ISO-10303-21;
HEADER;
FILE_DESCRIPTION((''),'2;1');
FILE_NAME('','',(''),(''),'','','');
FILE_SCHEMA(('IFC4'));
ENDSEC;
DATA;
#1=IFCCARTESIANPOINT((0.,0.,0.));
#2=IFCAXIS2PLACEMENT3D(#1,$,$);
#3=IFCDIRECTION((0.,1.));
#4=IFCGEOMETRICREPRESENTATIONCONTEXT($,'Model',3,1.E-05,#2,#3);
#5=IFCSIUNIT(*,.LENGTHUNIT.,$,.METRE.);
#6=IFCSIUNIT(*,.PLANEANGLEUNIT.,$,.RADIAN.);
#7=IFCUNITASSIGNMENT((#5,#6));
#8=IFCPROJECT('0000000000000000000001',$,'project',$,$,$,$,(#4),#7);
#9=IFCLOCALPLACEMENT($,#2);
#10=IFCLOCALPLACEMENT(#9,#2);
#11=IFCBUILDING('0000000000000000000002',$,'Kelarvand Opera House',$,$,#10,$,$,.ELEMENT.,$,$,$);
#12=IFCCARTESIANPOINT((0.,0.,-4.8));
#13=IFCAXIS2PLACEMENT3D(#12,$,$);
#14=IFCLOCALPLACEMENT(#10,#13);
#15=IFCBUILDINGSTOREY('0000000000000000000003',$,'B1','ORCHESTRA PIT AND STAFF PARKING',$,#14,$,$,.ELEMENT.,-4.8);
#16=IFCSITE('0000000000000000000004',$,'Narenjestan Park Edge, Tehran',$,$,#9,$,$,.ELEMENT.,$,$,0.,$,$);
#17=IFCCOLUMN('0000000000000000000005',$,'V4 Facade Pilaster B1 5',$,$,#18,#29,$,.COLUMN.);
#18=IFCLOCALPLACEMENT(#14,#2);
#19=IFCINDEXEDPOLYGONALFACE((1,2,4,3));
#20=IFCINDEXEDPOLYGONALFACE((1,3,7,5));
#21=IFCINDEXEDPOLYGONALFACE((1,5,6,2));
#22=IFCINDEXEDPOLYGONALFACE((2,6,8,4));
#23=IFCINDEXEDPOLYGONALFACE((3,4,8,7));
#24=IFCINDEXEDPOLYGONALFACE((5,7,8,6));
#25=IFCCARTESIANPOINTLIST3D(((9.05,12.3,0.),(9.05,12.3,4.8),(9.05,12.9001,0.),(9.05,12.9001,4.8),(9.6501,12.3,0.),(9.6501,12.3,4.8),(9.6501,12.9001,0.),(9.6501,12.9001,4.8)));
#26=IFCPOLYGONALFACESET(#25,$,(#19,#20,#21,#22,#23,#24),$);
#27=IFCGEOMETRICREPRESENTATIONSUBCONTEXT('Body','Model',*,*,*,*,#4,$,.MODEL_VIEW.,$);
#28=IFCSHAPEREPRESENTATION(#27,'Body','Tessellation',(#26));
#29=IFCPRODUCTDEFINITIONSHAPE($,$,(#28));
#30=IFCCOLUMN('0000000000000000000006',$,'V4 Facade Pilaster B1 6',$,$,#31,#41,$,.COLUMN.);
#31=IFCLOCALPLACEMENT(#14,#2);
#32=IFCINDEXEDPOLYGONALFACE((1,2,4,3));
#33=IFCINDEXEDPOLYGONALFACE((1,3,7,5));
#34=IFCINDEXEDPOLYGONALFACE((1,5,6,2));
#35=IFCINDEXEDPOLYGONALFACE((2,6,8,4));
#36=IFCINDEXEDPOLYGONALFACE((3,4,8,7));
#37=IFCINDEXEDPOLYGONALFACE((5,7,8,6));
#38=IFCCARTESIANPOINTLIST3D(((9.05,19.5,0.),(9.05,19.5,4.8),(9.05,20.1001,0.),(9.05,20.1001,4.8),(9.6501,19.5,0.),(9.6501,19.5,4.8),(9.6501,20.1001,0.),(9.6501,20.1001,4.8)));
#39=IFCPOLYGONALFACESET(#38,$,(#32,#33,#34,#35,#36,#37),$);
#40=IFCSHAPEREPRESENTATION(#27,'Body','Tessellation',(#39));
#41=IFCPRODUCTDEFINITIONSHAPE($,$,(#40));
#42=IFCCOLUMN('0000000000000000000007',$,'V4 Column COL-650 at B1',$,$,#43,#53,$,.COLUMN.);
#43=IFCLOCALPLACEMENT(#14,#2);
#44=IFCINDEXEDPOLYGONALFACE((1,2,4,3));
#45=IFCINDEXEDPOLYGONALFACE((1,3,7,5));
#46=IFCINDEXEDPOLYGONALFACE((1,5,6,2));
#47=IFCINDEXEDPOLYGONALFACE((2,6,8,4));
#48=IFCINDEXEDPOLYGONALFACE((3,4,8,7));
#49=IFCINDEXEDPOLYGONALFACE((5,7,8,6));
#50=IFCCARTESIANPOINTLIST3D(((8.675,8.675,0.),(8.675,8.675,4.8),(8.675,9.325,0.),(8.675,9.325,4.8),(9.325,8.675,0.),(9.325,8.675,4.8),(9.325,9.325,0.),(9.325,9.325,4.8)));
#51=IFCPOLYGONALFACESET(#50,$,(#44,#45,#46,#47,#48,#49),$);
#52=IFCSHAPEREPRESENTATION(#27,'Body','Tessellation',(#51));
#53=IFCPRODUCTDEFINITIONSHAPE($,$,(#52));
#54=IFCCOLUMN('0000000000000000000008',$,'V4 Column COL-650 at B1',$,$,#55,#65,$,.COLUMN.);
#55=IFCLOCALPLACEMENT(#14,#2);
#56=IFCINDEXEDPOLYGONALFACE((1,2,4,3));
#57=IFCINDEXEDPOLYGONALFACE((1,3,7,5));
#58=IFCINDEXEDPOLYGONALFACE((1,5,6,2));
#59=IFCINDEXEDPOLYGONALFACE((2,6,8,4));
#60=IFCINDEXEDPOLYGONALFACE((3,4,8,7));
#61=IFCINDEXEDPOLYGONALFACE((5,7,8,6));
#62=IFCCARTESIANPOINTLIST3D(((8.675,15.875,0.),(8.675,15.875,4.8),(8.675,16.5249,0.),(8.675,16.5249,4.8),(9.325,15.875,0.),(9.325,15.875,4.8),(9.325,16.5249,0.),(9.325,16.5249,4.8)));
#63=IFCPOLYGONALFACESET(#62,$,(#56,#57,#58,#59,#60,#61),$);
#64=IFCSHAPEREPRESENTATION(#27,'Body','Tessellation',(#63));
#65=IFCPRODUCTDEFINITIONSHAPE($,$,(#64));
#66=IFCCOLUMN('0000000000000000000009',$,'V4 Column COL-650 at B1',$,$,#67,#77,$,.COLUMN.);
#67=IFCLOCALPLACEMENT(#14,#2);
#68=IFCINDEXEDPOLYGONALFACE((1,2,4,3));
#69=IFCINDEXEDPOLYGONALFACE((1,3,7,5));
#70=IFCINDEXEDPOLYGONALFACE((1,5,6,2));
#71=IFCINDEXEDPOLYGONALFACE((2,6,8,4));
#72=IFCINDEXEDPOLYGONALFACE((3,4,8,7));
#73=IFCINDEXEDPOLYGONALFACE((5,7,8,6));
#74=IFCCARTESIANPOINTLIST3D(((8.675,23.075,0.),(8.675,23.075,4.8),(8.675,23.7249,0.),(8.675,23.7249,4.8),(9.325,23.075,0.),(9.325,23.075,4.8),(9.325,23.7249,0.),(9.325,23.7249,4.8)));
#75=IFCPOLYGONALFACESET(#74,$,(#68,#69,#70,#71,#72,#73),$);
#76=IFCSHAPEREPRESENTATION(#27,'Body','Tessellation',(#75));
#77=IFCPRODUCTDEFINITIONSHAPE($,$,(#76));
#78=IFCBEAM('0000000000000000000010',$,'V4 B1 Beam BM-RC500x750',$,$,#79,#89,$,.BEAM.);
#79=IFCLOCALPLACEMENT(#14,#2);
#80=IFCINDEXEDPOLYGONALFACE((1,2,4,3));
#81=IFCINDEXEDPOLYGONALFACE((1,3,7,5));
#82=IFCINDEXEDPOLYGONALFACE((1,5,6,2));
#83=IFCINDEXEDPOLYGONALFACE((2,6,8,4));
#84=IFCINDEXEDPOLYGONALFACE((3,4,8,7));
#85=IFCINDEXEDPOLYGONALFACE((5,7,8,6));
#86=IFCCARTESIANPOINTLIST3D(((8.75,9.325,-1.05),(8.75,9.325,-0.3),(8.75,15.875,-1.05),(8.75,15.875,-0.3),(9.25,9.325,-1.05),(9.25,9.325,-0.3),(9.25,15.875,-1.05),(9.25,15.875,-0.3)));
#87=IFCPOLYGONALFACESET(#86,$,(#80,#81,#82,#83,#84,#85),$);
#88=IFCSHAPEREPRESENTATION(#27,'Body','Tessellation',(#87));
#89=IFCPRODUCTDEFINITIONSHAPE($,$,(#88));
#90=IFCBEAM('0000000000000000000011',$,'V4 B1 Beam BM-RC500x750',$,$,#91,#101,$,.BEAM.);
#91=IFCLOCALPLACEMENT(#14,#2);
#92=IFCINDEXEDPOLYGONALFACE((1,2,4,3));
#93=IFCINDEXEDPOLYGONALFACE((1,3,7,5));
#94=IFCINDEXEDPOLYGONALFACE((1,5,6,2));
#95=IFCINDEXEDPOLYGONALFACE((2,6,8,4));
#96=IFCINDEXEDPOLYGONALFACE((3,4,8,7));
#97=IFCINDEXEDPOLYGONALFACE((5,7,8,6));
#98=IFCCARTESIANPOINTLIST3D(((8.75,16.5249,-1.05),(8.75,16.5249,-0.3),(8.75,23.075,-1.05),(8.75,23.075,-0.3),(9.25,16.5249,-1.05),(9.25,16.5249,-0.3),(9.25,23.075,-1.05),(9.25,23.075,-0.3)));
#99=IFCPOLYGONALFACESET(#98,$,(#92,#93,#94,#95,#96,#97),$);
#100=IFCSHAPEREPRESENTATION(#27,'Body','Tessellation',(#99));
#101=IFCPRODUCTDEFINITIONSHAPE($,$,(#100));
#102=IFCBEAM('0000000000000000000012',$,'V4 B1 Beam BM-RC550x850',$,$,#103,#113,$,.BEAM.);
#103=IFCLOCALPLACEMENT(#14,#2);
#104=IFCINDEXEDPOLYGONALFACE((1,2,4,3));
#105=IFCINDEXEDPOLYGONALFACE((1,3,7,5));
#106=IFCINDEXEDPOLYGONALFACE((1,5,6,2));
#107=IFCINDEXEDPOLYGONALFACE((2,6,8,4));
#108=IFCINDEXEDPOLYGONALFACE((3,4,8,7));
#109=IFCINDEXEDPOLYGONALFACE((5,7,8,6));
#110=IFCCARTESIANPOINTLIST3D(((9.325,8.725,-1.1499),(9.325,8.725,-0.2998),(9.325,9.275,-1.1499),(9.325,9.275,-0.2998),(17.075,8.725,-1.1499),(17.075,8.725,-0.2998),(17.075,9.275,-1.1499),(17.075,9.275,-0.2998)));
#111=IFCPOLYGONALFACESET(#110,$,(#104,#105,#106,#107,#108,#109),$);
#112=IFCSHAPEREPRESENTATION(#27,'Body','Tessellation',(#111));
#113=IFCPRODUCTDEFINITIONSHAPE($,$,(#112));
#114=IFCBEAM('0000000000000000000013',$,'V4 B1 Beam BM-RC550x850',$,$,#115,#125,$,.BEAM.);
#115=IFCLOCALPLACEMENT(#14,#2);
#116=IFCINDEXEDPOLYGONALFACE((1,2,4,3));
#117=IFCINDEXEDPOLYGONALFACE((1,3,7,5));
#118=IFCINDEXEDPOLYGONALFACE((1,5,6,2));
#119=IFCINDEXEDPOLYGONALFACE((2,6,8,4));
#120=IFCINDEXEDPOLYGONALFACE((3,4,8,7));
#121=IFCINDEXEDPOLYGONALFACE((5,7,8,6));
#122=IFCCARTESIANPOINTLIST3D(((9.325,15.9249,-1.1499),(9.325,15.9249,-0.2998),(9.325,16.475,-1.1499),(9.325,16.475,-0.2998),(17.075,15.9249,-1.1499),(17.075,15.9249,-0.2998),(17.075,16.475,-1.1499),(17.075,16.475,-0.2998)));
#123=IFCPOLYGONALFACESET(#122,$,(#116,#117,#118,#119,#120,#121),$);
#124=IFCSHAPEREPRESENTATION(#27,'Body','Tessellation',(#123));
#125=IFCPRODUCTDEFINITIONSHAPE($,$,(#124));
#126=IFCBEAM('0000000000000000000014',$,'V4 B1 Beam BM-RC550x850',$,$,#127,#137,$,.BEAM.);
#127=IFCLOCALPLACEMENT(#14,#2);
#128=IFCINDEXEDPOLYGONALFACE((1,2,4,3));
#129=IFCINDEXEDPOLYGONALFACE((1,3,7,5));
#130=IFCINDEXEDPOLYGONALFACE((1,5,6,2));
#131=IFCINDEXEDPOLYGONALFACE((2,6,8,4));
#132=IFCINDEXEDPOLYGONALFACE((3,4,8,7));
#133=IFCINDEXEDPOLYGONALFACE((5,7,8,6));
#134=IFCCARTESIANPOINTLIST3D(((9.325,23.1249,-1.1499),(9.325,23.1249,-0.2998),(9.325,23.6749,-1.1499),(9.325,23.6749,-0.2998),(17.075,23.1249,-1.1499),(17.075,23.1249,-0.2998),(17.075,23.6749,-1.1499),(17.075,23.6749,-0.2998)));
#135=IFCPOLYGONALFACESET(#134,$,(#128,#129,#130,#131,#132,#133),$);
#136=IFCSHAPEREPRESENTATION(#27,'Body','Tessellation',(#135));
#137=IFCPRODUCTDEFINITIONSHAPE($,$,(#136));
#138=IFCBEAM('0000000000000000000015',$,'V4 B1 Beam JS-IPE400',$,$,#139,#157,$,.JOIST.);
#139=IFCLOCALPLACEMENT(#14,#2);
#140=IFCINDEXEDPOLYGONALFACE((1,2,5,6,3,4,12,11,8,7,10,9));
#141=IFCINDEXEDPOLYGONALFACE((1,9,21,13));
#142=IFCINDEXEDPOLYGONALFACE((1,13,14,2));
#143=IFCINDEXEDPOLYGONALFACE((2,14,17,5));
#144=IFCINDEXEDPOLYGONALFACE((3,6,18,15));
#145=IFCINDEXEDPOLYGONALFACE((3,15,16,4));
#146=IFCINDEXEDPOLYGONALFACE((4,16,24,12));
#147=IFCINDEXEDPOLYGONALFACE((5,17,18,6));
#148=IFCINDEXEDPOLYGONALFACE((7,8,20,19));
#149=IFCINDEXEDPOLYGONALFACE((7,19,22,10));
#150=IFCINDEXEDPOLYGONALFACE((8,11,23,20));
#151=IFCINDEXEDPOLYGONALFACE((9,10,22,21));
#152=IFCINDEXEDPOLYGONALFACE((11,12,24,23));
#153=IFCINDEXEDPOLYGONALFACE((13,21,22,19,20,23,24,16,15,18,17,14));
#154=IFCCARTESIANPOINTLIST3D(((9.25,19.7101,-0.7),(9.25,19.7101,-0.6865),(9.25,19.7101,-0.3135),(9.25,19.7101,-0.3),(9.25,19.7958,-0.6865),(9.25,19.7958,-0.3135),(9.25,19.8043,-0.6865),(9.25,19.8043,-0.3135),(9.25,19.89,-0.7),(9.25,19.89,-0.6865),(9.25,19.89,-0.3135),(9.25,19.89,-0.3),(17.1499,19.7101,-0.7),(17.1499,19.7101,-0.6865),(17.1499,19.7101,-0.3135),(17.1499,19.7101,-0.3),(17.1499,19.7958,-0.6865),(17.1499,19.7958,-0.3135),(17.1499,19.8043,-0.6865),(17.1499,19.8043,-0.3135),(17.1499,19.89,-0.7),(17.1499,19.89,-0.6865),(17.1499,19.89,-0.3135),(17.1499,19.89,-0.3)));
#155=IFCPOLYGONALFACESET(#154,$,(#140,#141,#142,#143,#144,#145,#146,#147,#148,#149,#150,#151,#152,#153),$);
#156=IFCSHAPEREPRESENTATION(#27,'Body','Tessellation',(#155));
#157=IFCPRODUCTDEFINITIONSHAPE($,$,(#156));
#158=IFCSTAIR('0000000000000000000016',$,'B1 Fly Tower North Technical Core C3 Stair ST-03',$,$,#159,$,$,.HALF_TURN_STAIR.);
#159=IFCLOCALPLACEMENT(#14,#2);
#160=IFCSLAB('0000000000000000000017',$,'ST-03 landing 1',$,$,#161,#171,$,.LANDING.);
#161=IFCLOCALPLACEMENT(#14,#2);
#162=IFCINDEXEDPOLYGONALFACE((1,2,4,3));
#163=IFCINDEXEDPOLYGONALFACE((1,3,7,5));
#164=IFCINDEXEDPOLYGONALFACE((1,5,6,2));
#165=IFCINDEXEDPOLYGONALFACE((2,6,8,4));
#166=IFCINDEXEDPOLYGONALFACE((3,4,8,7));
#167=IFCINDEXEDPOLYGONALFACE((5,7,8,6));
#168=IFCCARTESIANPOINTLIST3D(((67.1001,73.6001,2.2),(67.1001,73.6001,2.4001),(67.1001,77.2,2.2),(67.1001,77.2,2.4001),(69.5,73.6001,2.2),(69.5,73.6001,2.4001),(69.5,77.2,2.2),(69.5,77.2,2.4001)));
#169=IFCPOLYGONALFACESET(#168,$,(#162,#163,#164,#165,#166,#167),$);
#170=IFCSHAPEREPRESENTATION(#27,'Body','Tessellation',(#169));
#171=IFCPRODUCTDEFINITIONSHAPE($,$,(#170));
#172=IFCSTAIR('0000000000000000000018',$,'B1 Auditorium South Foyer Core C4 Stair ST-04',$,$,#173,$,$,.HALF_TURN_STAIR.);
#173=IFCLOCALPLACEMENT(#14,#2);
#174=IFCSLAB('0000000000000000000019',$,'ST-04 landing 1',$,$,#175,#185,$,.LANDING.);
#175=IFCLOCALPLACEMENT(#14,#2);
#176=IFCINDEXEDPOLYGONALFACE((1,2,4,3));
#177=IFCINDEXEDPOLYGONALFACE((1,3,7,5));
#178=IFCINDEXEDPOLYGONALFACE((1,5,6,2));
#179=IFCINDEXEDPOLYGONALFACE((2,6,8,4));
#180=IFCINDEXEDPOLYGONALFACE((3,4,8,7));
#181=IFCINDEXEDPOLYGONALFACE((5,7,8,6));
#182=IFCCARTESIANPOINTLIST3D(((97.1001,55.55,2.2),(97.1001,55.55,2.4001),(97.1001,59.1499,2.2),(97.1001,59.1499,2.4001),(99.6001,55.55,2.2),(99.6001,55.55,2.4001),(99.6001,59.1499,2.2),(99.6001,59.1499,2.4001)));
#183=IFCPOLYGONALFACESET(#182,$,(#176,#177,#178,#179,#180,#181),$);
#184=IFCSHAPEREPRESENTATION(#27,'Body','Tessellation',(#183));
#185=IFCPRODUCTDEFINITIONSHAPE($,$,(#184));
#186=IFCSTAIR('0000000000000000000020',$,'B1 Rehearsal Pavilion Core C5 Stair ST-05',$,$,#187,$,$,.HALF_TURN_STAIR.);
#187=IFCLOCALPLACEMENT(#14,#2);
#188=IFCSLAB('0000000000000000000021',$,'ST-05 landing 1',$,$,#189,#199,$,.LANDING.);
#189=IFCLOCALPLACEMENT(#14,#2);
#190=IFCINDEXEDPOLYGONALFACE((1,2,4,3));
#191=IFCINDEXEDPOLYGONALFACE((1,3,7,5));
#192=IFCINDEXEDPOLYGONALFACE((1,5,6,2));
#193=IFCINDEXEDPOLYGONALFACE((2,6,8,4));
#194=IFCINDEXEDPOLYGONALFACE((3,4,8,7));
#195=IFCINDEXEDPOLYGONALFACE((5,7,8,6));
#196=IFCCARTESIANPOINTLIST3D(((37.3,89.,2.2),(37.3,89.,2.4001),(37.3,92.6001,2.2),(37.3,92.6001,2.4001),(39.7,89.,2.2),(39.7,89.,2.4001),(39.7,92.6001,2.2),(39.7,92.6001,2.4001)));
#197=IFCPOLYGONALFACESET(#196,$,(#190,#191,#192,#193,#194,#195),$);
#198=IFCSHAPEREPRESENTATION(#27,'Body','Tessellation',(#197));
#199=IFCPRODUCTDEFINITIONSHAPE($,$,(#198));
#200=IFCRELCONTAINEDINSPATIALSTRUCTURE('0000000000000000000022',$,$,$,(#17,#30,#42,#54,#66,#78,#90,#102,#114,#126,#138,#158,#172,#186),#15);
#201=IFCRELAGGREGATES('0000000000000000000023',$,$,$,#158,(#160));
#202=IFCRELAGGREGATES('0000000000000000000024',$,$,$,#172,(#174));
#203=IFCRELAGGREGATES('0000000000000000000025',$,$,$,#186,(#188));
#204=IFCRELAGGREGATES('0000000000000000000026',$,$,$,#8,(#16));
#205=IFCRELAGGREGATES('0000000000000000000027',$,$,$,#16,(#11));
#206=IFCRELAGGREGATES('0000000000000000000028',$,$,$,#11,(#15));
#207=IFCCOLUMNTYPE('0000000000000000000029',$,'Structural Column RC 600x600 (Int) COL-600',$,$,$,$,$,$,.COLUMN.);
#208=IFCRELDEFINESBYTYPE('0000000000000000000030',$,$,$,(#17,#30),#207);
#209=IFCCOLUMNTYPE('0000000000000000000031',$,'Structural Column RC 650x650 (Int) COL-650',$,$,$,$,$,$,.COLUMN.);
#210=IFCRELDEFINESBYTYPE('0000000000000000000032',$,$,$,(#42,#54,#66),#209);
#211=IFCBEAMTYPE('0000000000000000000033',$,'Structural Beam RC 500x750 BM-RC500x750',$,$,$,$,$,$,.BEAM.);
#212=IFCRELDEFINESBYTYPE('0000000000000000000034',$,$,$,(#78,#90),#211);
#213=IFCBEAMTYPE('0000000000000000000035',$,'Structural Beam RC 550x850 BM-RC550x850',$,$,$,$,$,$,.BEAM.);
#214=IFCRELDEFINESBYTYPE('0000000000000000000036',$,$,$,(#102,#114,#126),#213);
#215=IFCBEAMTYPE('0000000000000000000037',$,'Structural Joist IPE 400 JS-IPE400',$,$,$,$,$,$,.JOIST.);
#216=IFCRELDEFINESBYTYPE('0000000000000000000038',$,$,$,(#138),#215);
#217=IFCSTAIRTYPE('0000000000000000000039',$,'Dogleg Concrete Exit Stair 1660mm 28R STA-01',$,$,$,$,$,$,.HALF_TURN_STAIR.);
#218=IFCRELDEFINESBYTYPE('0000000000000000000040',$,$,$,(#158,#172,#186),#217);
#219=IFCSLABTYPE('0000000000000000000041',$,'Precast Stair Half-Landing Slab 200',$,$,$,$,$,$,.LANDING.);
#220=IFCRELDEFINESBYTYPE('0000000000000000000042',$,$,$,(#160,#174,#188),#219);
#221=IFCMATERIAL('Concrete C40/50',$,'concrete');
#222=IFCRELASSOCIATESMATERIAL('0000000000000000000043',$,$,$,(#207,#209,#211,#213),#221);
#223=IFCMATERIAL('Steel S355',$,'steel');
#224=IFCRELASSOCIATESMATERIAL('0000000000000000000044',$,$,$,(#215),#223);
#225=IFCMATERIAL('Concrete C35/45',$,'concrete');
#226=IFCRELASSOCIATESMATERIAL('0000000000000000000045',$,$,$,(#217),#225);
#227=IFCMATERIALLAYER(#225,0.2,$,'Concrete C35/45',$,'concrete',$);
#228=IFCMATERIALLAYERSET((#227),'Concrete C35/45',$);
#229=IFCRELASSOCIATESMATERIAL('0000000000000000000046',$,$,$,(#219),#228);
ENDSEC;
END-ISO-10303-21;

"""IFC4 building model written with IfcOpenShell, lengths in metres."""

from ifc_helpers import new_model, si_unit, direction, frame, origin, origin_2d, place, context, subcontext, project, spatial, polyline, rectangle, i_section, outline, extrude, material, layer, layer_set, material_profile, profile_set, type_object, element, aggregate, save


model = new_model("IFC4")

# Units and contexts
model_context = context("Model", 3, precision=1e-05, world=origin(), true_north=direction((0.0, 1.0)))
body_context = subcontext(model_context, "Body", "Model", "MODEL_VIEW")
ifc_project = project(units=[si_unit("LENGTHUNIT", "METRE"), si_unit("PLANEANGLEUNIT", "RADIAN")], contexts=[model_context])

# Site, building, storey
site_placement = place(None, origin())
site = spatial("IfcSite", under=ifc_project, at=site_placement, Name="Narenjestan Park Edge, Tehran", CompositionType="ELEMENT", RefElevation=0.0)
building_placement = place(site_placement, origin())
building = spatial("IfcBuilding", under=site, at=building_placement, Name="Kelarvand Opera House", CompositionType="ELEMENT")
storey_placement = place(building_placement, frame((0.0, 0.0, -4.8)))
storey = spatial("IfcBuildingStorey", under=building, at=storey_placement, Name="B1", Description="ORCHESTRA PIT AND STAFF PARKING", CompositionType="ELEMENT", Elevation=-4.8)

# Columns
ifc_material_1 = material(Name="Concrete C40/50", Category="concrete")
ifc_material_profile_1 = material_profile(ifc_material_1, rectangle(XDim=0.6001, YDim=0.6001, at=origin_2d()), Name="RC 600x600", Category="concrete")
ifc_profile_set_1 = profile_set([ifc_material_profile_1], Name="Concrete C40/50")
column_type_1 = type_object("IfcColumnType", Name="Structural Column RC 600x600 (Int) COL-600", PredefinedType="COLUMN", material=ifc_profile_set_1)
for number, where, z_axis, x_axis, name in (
    (1, (9.3501, 12.6001, 0.0), (0.0, 0.0, 1.0), (1.0, 0.0, 0.0), "V4 Facade Pilaster B1 5"),
    (2, (9.3501, 19.8, 0.0), (0.0, 0.0, 1.0), (1.0, 0.0, 0.0), "V4 Facade Pilaster B1 6"),
):
    element("IfcColumn", number, at=place(storey_placement, frame(where, z_axis=z_axis, x_axis=x_axis)), inside=storey, type_object=column_type_1, Name=name, PredefinedType="COLUMN", context=body_context, shape_type="SweptSolid", body=[
        extrude(rectangle(XDim=0.6001, YDim=0.6001, at=origin_2d()), origin(), (0.0, 0.0, 1.0), 4.8),
    ])
ifc_material_profile_2 = material_profile(ifc_material_1, rectangle(XDim=0.6499, YDim=0.6499, at=origin_2d()), Name="RC 650x650", Category="concrete")
ifc_profile_set_2 = profile_set([ifc_material_profile_2], Name="Concrete C40/50")
column_type_2 = type_object("IfcColumnType", Name="Structural Column RC 650x650 (Int) COL-650", PredefinedType="COLUMN", material=ifc_profile_set_2)
for number, where, z_axis, x_axis, name in (
    (3, (9.0, 9.0, 0.0), (0.0, 0.0, 1.0), (1.0, 0.0, 0.0), "V4 Column COL-650 at B1"),
    (4, (9.0, 16.2, 0.0), (0.0, 0.0, 1.0), (1.0, 0.0, 0.0), "V4 Column COL-650 at B1"),
    (5, (9.0, 23.3999, 0.0), (0.0, 0.0, 1.0), (1.0, 0.0, 0.0), "V4 Column COL-650 at B1"),
):
    element("IfcColumn", number, at=place(storey_placement, frame(where, z_axis=z_axis, x_axis=x_axis)), inside=storey, type_object=column_type_2, Name=name, PredefinedType="COLUMN", context=body_context, shape_type="SweptSolid", body=[
        extrude(rectangle(XDim=0.6499, YDim=0.6499, at=origin_2d()), origin(), (0.0, 0.0, 1.0), 4.8),
    ])

# Beams
ifc_material_profile_3 = material_profile(ifc_material_1, rectangle(XDim=0.5, YDim=0.75, at=origin_2d()), Name="RC 500x750", Category="concrete")
ifc_profile_set_3 = profile_set([ifc_material_profile_3], Name="Concrete C40/50")
beam_type_1 = type_object("IfcBeamType", Name="Structural Beam RC 500x750 BM-RC500x750", PredefinedType="BEAM", material=ifc_profile_set_3)
for number, where, z_axis, x_axis, name in (
    (6, (9.0, 9.325, -0.675), (0.0, 1.0, 0.0), (-1.0, 0.0, 0.0), "V4 B1 Beam BM-RC500x750"),
    (7, (9.0, 16.5249, -0.675), (0.0, 1.0, 0.0), (-1.0, 0.0, 0.0), "V4 B1 Beam BM-RC500x750"),
):
    element("IfcBeam", number, at=place(storey_placement, frame(where, z_axis=z_axis, x_axis=x_axis)), inside=storey, type_object=beam_type_1, Name=name, PredefinedType="BEAM", context=body_context, shape_type="SweptSolid", body=[
        extrude(rectangle(XDim=0.5, YDim=0.75, at=origin_2d()), origin(), (0.0, 0.0, 1.0), 6.55),
    ])
ifc_material_profile_4 = material_profile(ifc_material_1, rectangle(XDim=0.55, YDim=0.8501, at=origin_2d()), Name="RC 550x850", Category="concrete")
ifc_profile_set_4 = profile_set([ifc_material_profile_4], Name="Concrete C40/50")
beam_type_2 = type_object("IfcBeamType", Name="Structural Beam RC 550x850 BM-RC550x850", PredefinedType="BEAM", material=ifc_profile_set_4)
for number, where, z_axis, x_axis, name in (
    (8, (9.325, 9.0, -0.7249), (1.0, 0.0, 0.0), (0.0, 1.0, 0.0), "V4 B1 Beam BM-RC550x850"),
    (9, (9.325, 16.2, -0.7249), (1.0, 0.0, 0.0), (0.0, 1.0, 0.0), "V4 B1 Beam BM-RC550x850"),
    (10, (9.325, 23.3999, -0.7249), (1.0, 0.0, 0.0), (0.0, 1.0, 0.0), "V4 B1 Beam BM-RC550x850"),
):
    element("IfcBeam", number, at=place(storey_placement, frame(where, z_axis=z_axis, x_axis=x_axis)), inside=storey, type_object=beam_type_2, Name=name, PredefinedType="BEAM", context=body_context, shape_type="SweptSolid", body=[
        extrude(rectangle(XDim=0.55, YDim=0.8501, at=origin_2d()), origin(), (0.0, 0.0, 1.0), 7.75),
    ])
ifc_material_2 = material(Name="Steel S355", Category="steel")
ifc_material_profile_5 = material_profile(ifc_material_2, i_section(OverallWidth=0.1799, OverallDepth=0.3999, WebThickness=0.0085, FlangeThickness=0.0134, at=origin_2d()), Name="IPE 400", Category="steel")
ifc_profile_set_5 = profile_set([ifc_material_profile_5], Name="Steel S355")
beam_type_3 = type_object("IfcBeamType", Name="Structural Joist IPE 400 JS-IPE400", PredefinedType="JOIST", material=ifc_profile_set_5)
beam_placement = place(storey_placement, frame((9.25, 19.8, -0.5), z_axis=(1.0, 0.0, 0.0), x_axis=(0.0, 1.0, 0.0)))
element("IfcBeam", 11, at=beam_placement, inside=storey, type_object=beam_type_3, Name="V4 B1 Beam JS-IPE400", PredefinedType="JOIST", context=body_context, shape_type="SweptSolid", body=[
    extrude(i_section(OverallWidth=0.1799, OverallDepth=0.3999, WebThickness=0.0085, FlangeThickness=0.0134, at=origin_2d()), origin(), (0.0, 0.0, 1.0), 7.8999),
])

# Stairs, slabs
ifc_material_3 = material(Name="Concrete C35/45", Category="concrete")
stair_type = type_object("IfcStairType", Name="Dogleg Concrete Exit Stair 1660mm 28R STA-01", PredefinedType="HALF_TURN_STAIR", material=ifc_material_3)
stair_1_placement = place(storey_placement, origin())
stair_1 = element("IfcStair", 12, at=stair_1_placement, inside=storey, type_object=stair_type, Name="B1 Fly Tower North Technical Core C3 Stair ST-03", PredefinedType="HALF_TURN_STAIR")
ifc_layer_1 = layer(ifc_material_3, 0.2, Name="Concrete C35/45", Category="concrete")
ifc_layer_set_1 = layer_set([ifc_layer_1], Name="Concrete C35/45")
slab_type = type_object("IfcSlabType", Name="Precast Stair Half-Landing Slab 200", PredefinedType="LANDING", material=ifc_layer_set_1)
slab_1_placement = place(storey_placement, frame((0.0, 0.0, 2.2)))
slab_1 = element("IfcSlab", 13, at=slab_1_placement, type_object=slab_type, Name="ST-03 landing 1", PredefinedType="LANDING", context=body_context, shape_type="SweptSolid", body=[
    extrude(outline(polyline([(67.1001, 73.6001), (69.5, 73.6001), (69.5, 77.2), (67.1001, 77.2), (67.1001, 73.6001)])), origin(), (0.0, 0.0, 1.0), 0.2002),
])
aggregate(stair_1, [slab_1])
stair_2_placement = place(storey_placement, origin())
stair_2 = element("IfcStair", 14, at=stair_2_placement, inside=storey, type_object=stair_type, Name="B1 Auditorium South Foyer Core C4 Stair ST-04", PredefinedType="HALF_TURN_STAIR")
slab_2_placement = place(storey_placement, frame((0.0, 0.0, 2.2)))
slab_2 = element("IfcSlab", 15, at=slab_2_placement, type_object=slab_type, Name="ST-04 landing 1", PredefinedType="LANDING", context=body_context, shape_type="SweptSolid", body=[
    extrude(outline(polyline([(97.1001, 55.55), (99.6001, 55.55), (99.6001, 59.1499), (97.1001, 59.1499), (97.1001, 55.55)])), origin(), (0.0, 0.0, 1.0), 0.2002),
])
aggregate(stair_2, [slab_2])
stair_3_placement = place(storey_placement, origin())
stair_3 = element("IfcStair", 16, at=stair_3_placement, inside=storey, type_object=stair_type, Name="B1 Rehearsal Pavilion Core C5 Stair ST-05", PredefinedType="HALF_TURN_STAIR")
slab_3_placement = place(storey_placement, frame((0.0, 0.0, 2.2)))
slab_3 = element("IfcSlab", 17, at=slab_3_placement, type_object=slab_type, Name="ST-05 landing 1", PredefinedType="LANDING", context=body_context, shape_type="SweptSolid", body=[
    extrude(outline(polyline([(37.3, 89.0), (39.7, 89.0), (39.7, 92.6001), (37.3, 92.6001), (37.3, 89.0)])), origin(), (0.0, 0.0, 1.0), 0.2002),
])
aggregate(stair_3, [slab_3])

save(model, "model.ifc")
